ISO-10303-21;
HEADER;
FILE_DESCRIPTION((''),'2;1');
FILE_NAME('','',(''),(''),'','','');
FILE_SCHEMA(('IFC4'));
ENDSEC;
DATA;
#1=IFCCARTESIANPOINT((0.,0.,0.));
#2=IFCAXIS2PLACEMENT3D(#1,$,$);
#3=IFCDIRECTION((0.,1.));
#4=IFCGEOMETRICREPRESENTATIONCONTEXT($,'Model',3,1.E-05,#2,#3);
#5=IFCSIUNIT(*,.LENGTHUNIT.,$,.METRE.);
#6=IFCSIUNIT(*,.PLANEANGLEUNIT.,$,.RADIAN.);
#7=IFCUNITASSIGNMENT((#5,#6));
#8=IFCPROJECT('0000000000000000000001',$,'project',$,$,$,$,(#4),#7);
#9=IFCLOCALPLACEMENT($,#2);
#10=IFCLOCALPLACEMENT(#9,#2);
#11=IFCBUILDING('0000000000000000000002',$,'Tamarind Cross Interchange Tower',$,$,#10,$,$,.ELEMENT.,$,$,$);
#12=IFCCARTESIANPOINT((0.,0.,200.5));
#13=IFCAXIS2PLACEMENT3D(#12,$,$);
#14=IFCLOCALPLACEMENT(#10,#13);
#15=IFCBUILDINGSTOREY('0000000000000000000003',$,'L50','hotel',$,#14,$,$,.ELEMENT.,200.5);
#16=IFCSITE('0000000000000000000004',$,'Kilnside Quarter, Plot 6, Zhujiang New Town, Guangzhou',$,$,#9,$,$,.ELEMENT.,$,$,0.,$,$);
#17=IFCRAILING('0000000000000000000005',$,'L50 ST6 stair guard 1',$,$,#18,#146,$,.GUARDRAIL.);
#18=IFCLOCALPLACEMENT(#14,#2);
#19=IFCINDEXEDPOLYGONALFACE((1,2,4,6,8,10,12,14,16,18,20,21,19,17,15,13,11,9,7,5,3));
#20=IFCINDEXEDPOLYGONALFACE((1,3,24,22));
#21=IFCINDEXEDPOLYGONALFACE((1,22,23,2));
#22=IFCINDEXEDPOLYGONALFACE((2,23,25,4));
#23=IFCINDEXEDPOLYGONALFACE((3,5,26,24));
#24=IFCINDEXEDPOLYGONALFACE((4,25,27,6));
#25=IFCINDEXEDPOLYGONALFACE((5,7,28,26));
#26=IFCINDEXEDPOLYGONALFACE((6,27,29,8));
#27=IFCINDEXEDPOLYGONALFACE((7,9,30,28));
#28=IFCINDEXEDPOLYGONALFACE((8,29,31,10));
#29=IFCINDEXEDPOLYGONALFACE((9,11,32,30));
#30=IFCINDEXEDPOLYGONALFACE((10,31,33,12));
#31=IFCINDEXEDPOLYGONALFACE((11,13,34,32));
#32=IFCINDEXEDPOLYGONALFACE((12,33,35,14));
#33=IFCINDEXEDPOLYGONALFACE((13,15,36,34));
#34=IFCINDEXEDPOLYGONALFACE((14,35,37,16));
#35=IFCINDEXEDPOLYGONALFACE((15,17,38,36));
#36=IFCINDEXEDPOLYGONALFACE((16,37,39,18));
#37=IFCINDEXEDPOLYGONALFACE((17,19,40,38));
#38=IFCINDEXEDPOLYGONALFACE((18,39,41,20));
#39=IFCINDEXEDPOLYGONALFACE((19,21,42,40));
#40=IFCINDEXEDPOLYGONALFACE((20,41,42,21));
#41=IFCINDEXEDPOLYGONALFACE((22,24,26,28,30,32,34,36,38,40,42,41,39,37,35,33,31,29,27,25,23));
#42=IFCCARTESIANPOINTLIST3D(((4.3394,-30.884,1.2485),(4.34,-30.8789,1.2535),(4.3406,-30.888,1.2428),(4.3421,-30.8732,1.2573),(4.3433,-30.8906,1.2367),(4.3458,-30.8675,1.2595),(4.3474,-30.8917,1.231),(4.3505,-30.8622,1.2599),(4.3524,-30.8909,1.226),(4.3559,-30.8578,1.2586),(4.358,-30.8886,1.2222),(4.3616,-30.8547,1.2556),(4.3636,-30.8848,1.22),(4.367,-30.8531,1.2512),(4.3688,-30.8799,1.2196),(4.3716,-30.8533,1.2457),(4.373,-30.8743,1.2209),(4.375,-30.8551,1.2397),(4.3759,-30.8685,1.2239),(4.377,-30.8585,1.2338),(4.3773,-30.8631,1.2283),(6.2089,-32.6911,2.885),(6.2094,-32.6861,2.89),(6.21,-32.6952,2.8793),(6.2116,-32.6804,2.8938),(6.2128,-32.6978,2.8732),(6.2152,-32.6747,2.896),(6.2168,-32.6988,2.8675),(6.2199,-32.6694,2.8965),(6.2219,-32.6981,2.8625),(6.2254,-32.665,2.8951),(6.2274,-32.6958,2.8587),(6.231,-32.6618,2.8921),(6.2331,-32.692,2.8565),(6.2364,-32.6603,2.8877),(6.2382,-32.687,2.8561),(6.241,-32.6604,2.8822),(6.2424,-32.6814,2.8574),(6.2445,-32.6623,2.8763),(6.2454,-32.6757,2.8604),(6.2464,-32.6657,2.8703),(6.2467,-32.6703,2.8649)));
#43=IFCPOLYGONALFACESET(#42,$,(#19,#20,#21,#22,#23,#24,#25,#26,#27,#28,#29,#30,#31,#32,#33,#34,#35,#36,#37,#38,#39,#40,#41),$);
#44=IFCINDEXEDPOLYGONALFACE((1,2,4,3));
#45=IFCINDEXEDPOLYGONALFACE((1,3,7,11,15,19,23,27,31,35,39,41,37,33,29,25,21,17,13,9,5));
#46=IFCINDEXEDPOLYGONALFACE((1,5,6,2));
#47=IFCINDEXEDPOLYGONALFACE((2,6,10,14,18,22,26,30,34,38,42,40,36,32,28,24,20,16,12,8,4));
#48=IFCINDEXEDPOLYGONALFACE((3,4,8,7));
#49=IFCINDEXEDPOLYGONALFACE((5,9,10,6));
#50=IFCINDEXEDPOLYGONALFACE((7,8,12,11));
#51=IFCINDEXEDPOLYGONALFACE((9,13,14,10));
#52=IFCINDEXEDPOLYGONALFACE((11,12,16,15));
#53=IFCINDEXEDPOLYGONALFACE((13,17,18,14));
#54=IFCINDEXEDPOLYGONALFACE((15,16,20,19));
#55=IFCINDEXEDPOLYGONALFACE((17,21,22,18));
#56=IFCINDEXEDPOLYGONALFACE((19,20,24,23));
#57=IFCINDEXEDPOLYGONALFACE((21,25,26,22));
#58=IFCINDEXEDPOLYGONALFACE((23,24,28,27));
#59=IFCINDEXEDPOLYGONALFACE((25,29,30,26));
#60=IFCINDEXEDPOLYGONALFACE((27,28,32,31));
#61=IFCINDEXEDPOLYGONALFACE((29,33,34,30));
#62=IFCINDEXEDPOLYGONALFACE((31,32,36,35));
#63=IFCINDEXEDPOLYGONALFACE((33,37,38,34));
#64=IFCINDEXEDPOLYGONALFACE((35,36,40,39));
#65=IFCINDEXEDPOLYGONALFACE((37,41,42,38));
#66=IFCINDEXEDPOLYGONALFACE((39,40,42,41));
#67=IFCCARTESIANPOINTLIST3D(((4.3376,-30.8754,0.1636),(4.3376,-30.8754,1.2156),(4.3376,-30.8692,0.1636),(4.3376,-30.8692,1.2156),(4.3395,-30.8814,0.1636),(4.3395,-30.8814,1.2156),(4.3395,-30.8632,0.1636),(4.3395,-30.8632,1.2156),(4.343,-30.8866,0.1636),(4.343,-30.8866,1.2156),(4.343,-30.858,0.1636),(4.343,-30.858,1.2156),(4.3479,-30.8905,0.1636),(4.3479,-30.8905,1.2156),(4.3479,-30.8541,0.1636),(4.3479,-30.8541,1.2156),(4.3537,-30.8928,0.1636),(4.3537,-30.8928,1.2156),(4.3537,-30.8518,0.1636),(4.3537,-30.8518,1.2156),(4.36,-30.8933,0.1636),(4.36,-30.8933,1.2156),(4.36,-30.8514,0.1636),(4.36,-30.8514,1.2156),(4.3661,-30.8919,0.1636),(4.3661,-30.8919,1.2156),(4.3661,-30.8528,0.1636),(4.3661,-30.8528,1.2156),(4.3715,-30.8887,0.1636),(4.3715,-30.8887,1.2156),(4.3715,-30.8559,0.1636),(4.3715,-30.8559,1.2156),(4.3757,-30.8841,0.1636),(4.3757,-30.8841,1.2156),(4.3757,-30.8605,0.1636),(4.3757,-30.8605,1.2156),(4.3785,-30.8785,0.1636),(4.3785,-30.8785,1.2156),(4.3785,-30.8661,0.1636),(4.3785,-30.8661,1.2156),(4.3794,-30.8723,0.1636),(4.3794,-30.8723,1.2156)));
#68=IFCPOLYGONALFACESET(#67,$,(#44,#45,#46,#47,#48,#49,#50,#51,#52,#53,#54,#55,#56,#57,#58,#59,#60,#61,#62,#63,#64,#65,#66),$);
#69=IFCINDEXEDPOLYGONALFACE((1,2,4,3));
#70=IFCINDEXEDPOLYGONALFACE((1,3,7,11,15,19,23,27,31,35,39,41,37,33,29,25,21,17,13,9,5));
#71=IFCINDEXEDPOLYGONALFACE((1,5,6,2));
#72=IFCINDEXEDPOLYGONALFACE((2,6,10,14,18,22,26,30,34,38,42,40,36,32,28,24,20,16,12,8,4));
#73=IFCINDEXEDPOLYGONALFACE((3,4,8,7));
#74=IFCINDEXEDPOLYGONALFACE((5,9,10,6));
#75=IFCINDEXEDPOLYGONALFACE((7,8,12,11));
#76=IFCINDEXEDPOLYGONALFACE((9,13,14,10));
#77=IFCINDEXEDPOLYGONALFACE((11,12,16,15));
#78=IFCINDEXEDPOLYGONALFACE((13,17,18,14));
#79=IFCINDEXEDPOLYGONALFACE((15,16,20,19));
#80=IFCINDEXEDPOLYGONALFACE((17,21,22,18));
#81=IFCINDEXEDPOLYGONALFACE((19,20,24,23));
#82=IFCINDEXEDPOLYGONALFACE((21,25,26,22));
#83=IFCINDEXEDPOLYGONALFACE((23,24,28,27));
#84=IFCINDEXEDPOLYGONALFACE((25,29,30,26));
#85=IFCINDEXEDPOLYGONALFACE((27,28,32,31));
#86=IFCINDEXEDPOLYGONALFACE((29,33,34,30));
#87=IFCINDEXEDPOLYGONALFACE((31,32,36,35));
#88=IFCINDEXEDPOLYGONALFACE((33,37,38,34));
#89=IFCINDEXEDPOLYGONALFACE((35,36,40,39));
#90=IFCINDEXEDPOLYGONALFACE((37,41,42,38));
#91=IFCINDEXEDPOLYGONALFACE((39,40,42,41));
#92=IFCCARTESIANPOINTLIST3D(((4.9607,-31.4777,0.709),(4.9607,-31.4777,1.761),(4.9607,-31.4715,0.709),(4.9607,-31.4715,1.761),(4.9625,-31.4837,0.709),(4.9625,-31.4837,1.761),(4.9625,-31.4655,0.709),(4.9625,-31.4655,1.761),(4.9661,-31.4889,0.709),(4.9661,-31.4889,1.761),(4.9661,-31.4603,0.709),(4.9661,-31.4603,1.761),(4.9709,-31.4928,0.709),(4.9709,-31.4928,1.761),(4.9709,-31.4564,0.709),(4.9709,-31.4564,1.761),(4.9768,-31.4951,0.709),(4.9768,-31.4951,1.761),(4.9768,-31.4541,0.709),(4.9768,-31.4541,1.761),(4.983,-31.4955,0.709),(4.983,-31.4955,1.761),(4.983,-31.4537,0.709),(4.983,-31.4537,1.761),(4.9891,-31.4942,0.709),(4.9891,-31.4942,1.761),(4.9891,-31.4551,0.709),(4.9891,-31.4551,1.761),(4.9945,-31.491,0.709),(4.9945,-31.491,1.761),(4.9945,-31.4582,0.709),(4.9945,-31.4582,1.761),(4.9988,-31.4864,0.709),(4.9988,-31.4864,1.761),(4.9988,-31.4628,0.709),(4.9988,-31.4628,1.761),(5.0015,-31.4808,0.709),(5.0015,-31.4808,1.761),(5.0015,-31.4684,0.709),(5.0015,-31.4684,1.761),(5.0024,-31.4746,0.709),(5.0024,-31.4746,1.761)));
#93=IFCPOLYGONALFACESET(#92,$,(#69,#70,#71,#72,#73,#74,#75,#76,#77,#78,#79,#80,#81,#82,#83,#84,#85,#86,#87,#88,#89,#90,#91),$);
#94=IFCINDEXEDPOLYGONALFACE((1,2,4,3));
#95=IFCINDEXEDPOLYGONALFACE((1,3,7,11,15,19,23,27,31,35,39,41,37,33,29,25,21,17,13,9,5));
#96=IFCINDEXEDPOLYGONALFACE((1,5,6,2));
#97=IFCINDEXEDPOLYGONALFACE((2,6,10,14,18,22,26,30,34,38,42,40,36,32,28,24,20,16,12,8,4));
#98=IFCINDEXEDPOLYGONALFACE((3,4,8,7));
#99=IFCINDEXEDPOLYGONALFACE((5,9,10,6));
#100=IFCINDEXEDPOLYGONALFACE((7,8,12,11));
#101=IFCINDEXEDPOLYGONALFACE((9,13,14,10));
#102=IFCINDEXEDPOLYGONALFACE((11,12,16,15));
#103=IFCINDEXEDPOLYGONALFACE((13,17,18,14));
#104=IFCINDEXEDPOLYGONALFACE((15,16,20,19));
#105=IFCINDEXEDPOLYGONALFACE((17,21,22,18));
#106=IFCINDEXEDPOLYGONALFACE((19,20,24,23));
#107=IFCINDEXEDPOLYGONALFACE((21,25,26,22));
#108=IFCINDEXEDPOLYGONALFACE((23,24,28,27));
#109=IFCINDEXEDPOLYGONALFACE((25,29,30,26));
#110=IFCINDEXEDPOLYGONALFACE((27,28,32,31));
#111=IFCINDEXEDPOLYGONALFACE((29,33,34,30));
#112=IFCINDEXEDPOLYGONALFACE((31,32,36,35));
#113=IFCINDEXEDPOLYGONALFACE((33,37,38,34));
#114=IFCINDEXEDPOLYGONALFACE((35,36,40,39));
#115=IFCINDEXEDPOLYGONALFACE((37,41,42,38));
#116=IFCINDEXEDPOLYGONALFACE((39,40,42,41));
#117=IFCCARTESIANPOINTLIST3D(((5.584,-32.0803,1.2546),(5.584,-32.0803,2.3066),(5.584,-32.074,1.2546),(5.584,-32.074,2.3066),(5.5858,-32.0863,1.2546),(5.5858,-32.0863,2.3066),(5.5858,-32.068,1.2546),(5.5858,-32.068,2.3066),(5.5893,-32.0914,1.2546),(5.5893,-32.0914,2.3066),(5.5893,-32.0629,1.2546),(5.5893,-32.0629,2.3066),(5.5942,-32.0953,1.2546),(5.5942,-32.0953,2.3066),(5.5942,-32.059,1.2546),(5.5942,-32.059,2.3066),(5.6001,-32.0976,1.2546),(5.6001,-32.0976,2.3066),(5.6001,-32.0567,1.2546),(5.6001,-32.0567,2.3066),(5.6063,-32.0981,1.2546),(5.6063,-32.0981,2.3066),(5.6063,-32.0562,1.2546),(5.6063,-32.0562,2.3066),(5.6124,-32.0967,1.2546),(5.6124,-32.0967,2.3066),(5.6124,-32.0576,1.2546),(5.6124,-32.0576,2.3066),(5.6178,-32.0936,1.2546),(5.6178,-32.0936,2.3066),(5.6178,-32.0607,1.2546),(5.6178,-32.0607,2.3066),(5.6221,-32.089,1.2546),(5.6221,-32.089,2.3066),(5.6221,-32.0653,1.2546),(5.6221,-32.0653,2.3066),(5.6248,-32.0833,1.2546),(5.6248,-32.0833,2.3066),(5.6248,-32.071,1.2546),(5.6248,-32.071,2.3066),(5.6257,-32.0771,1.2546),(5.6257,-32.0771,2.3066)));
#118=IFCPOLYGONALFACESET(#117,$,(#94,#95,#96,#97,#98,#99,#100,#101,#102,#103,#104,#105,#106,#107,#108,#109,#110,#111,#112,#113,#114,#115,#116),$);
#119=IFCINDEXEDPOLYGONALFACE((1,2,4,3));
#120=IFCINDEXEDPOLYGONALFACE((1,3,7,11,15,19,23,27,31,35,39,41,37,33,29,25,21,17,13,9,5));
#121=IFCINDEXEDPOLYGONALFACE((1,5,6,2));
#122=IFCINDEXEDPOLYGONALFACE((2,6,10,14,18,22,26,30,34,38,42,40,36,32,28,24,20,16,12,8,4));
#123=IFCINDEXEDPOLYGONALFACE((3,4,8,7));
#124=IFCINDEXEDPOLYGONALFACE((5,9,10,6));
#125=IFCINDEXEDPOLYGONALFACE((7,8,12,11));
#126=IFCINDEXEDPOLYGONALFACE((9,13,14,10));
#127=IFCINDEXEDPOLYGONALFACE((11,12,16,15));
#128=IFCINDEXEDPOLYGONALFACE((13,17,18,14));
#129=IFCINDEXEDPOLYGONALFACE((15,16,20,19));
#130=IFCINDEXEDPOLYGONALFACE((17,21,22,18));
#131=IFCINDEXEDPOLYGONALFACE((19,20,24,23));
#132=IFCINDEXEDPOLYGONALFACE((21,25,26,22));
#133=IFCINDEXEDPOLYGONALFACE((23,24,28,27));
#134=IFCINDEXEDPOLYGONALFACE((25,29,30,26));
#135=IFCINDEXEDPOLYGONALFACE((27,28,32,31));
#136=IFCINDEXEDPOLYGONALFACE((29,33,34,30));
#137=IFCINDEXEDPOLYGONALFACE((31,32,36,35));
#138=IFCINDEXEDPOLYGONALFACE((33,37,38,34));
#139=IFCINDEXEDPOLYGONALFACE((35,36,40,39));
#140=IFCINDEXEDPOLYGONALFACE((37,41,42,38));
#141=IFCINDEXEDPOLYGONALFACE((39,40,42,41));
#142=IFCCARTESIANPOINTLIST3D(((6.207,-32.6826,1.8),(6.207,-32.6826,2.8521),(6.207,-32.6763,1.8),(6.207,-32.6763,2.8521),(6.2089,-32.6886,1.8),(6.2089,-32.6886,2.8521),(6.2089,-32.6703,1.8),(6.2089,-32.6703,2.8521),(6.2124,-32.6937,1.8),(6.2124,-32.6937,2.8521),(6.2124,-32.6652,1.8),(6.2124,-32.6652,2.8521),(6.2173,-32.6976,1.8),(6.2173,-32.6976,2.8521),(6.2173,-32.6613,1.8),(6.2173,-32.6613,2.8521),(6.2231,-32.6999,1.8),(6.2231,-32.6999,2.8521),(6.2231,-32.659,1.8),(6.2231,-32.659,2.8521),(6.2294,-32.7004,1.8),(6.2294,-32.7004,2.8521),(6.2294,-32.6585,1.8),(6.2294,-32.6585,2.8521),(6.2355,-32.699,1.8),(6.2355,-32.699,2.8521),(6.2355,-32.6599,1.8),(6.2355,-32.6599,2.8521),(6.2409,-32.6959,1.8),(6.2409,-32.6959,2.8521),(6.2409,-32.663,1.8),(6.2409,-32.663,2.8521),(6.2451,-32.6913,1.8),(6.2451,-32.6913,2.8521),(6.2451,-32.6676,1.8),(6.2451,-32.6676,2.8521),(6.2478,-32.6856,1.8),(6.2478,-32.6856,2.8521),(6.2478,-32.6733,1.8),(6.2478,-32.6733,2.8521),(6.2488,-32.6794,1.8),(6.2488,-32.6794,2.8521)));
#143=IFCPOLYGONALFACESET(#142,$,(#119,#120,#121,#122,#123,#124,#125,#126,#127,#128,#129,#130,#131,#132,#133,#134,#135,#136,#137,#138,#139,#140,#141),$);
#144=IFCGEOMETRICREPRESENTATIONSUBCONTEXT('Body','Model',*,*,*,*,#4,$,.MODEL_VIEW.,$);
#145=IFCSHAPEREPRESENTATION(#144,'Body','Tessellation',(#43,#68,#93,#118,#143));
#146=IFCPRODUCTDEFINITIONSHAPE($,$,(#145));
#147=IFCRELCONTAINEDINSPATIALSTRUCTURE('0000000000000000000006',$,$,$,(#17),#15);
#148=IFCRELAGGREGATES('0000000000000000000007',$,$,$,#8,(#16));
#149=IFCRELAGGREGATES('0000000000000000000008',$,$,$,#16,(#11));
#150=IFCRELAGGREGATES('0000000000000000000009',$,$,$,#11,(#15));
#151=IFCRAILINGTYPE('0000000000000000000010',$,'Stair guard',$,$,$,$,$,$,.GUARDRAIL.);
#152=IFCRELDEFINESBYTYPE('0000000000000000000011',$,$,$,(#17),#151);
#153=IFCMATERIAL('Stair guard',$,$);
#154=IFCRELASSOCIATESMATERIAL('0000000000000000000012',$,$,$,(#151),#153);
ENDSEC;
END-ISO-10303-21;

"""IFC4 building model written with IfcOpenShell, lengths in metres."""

from ifc_helpers import new_model, si_unit, direction, frame, origin, origin_2d, place, context, subcontext, project, spatial, circle, extrude, material, type_object, element, save


model = new_model("IFC4")

# Units and contexts
model_context = context("Model", 3, precision=1e-05, world=origin(), true_north=direction((0.0, 1.0)))
body_context = subcontext(model_context, "Body", "Model", "MODEL_VIEW")
ifc_project = project(units=[si_unit("LENGTHUNIT", "METRE"), si_unit("PLANEANGLEUNIT", "RADIAN")], contexts=[model_context])

# Site, building, storey
site_placement = place(None, origin())
site = spatial("IfcSite", under=ifc_project, at=site_placement, Name="Kilnside Quarter, Plot 6, Zhujiang New Town, Guangzhou", CompositionType="ELEMENT", RefElevation=0.0)
building_placement = place(site_placement, origin())
building = spatial("IfcBuilding", under=site, at=building_placement, Name="Tamarind Cross Interchange Tower", CompositionType="ELEMENT")
storey_placement = place(building_placement, frame((0.0, 0.0, 200.5)))
storey = spatial("IfcBuildingStorey", under=building, at=storey_placement, Name="L50", Description="hotel", CompositionType="ELEMENT", Elevation=200.5)

# Railing
ifc_material_1 = material(Name="Stair guard")
railing_type = type_object("IfcRailingType", Name="Stair guard", PredefinedType="GUARDRAIL", material=ifc_material_1)
railing_1_placement = place(storey_placement, frame((4.3584, -30.8723, 0.1636)))
element("IfcRailing", 1, at=railing_1_placement, inside=storey, type_object=railing_type, Name="L50 ST6 stair guard 1", PredefinedType="GUARDRAIL", context=body_context, shape_type="SweptSolid", body=[
    extrude(circle(Radius=0.0239, at=origin_2d()), frame((0.0, 0.0, 1.0762), z_axis=(0.608486, -0.588221, 0.532673), x_axis=(0.695033, 0.718977, 0.0)), (0.0, 0.0, 1.0), 3.0723),
    extrude(circle(Radius=0.021, at=origin_2d()), origin(), (0.0, 0.0, 1.0), 1.052),
    extrude(circle(Radius=0.021, at=origin_2d()), frame((0.623, -0.6023, 0.5454)), (0.0, 0.0, 1.0), 1.052),
    extrude(circle(Radius=0.021, at=origin_2d()), frame((1.2463, -1.2048, 1.0911)), (0.0, 0.0, 1.0), 1.052),
    extrude(circle(Radius=0.021, at=origin_2d()), frame((1.8694, -1.8071, 1.6365)), (0.0, 0.0, 1.0), 1.052),
])

save(model, "model.ifc")
